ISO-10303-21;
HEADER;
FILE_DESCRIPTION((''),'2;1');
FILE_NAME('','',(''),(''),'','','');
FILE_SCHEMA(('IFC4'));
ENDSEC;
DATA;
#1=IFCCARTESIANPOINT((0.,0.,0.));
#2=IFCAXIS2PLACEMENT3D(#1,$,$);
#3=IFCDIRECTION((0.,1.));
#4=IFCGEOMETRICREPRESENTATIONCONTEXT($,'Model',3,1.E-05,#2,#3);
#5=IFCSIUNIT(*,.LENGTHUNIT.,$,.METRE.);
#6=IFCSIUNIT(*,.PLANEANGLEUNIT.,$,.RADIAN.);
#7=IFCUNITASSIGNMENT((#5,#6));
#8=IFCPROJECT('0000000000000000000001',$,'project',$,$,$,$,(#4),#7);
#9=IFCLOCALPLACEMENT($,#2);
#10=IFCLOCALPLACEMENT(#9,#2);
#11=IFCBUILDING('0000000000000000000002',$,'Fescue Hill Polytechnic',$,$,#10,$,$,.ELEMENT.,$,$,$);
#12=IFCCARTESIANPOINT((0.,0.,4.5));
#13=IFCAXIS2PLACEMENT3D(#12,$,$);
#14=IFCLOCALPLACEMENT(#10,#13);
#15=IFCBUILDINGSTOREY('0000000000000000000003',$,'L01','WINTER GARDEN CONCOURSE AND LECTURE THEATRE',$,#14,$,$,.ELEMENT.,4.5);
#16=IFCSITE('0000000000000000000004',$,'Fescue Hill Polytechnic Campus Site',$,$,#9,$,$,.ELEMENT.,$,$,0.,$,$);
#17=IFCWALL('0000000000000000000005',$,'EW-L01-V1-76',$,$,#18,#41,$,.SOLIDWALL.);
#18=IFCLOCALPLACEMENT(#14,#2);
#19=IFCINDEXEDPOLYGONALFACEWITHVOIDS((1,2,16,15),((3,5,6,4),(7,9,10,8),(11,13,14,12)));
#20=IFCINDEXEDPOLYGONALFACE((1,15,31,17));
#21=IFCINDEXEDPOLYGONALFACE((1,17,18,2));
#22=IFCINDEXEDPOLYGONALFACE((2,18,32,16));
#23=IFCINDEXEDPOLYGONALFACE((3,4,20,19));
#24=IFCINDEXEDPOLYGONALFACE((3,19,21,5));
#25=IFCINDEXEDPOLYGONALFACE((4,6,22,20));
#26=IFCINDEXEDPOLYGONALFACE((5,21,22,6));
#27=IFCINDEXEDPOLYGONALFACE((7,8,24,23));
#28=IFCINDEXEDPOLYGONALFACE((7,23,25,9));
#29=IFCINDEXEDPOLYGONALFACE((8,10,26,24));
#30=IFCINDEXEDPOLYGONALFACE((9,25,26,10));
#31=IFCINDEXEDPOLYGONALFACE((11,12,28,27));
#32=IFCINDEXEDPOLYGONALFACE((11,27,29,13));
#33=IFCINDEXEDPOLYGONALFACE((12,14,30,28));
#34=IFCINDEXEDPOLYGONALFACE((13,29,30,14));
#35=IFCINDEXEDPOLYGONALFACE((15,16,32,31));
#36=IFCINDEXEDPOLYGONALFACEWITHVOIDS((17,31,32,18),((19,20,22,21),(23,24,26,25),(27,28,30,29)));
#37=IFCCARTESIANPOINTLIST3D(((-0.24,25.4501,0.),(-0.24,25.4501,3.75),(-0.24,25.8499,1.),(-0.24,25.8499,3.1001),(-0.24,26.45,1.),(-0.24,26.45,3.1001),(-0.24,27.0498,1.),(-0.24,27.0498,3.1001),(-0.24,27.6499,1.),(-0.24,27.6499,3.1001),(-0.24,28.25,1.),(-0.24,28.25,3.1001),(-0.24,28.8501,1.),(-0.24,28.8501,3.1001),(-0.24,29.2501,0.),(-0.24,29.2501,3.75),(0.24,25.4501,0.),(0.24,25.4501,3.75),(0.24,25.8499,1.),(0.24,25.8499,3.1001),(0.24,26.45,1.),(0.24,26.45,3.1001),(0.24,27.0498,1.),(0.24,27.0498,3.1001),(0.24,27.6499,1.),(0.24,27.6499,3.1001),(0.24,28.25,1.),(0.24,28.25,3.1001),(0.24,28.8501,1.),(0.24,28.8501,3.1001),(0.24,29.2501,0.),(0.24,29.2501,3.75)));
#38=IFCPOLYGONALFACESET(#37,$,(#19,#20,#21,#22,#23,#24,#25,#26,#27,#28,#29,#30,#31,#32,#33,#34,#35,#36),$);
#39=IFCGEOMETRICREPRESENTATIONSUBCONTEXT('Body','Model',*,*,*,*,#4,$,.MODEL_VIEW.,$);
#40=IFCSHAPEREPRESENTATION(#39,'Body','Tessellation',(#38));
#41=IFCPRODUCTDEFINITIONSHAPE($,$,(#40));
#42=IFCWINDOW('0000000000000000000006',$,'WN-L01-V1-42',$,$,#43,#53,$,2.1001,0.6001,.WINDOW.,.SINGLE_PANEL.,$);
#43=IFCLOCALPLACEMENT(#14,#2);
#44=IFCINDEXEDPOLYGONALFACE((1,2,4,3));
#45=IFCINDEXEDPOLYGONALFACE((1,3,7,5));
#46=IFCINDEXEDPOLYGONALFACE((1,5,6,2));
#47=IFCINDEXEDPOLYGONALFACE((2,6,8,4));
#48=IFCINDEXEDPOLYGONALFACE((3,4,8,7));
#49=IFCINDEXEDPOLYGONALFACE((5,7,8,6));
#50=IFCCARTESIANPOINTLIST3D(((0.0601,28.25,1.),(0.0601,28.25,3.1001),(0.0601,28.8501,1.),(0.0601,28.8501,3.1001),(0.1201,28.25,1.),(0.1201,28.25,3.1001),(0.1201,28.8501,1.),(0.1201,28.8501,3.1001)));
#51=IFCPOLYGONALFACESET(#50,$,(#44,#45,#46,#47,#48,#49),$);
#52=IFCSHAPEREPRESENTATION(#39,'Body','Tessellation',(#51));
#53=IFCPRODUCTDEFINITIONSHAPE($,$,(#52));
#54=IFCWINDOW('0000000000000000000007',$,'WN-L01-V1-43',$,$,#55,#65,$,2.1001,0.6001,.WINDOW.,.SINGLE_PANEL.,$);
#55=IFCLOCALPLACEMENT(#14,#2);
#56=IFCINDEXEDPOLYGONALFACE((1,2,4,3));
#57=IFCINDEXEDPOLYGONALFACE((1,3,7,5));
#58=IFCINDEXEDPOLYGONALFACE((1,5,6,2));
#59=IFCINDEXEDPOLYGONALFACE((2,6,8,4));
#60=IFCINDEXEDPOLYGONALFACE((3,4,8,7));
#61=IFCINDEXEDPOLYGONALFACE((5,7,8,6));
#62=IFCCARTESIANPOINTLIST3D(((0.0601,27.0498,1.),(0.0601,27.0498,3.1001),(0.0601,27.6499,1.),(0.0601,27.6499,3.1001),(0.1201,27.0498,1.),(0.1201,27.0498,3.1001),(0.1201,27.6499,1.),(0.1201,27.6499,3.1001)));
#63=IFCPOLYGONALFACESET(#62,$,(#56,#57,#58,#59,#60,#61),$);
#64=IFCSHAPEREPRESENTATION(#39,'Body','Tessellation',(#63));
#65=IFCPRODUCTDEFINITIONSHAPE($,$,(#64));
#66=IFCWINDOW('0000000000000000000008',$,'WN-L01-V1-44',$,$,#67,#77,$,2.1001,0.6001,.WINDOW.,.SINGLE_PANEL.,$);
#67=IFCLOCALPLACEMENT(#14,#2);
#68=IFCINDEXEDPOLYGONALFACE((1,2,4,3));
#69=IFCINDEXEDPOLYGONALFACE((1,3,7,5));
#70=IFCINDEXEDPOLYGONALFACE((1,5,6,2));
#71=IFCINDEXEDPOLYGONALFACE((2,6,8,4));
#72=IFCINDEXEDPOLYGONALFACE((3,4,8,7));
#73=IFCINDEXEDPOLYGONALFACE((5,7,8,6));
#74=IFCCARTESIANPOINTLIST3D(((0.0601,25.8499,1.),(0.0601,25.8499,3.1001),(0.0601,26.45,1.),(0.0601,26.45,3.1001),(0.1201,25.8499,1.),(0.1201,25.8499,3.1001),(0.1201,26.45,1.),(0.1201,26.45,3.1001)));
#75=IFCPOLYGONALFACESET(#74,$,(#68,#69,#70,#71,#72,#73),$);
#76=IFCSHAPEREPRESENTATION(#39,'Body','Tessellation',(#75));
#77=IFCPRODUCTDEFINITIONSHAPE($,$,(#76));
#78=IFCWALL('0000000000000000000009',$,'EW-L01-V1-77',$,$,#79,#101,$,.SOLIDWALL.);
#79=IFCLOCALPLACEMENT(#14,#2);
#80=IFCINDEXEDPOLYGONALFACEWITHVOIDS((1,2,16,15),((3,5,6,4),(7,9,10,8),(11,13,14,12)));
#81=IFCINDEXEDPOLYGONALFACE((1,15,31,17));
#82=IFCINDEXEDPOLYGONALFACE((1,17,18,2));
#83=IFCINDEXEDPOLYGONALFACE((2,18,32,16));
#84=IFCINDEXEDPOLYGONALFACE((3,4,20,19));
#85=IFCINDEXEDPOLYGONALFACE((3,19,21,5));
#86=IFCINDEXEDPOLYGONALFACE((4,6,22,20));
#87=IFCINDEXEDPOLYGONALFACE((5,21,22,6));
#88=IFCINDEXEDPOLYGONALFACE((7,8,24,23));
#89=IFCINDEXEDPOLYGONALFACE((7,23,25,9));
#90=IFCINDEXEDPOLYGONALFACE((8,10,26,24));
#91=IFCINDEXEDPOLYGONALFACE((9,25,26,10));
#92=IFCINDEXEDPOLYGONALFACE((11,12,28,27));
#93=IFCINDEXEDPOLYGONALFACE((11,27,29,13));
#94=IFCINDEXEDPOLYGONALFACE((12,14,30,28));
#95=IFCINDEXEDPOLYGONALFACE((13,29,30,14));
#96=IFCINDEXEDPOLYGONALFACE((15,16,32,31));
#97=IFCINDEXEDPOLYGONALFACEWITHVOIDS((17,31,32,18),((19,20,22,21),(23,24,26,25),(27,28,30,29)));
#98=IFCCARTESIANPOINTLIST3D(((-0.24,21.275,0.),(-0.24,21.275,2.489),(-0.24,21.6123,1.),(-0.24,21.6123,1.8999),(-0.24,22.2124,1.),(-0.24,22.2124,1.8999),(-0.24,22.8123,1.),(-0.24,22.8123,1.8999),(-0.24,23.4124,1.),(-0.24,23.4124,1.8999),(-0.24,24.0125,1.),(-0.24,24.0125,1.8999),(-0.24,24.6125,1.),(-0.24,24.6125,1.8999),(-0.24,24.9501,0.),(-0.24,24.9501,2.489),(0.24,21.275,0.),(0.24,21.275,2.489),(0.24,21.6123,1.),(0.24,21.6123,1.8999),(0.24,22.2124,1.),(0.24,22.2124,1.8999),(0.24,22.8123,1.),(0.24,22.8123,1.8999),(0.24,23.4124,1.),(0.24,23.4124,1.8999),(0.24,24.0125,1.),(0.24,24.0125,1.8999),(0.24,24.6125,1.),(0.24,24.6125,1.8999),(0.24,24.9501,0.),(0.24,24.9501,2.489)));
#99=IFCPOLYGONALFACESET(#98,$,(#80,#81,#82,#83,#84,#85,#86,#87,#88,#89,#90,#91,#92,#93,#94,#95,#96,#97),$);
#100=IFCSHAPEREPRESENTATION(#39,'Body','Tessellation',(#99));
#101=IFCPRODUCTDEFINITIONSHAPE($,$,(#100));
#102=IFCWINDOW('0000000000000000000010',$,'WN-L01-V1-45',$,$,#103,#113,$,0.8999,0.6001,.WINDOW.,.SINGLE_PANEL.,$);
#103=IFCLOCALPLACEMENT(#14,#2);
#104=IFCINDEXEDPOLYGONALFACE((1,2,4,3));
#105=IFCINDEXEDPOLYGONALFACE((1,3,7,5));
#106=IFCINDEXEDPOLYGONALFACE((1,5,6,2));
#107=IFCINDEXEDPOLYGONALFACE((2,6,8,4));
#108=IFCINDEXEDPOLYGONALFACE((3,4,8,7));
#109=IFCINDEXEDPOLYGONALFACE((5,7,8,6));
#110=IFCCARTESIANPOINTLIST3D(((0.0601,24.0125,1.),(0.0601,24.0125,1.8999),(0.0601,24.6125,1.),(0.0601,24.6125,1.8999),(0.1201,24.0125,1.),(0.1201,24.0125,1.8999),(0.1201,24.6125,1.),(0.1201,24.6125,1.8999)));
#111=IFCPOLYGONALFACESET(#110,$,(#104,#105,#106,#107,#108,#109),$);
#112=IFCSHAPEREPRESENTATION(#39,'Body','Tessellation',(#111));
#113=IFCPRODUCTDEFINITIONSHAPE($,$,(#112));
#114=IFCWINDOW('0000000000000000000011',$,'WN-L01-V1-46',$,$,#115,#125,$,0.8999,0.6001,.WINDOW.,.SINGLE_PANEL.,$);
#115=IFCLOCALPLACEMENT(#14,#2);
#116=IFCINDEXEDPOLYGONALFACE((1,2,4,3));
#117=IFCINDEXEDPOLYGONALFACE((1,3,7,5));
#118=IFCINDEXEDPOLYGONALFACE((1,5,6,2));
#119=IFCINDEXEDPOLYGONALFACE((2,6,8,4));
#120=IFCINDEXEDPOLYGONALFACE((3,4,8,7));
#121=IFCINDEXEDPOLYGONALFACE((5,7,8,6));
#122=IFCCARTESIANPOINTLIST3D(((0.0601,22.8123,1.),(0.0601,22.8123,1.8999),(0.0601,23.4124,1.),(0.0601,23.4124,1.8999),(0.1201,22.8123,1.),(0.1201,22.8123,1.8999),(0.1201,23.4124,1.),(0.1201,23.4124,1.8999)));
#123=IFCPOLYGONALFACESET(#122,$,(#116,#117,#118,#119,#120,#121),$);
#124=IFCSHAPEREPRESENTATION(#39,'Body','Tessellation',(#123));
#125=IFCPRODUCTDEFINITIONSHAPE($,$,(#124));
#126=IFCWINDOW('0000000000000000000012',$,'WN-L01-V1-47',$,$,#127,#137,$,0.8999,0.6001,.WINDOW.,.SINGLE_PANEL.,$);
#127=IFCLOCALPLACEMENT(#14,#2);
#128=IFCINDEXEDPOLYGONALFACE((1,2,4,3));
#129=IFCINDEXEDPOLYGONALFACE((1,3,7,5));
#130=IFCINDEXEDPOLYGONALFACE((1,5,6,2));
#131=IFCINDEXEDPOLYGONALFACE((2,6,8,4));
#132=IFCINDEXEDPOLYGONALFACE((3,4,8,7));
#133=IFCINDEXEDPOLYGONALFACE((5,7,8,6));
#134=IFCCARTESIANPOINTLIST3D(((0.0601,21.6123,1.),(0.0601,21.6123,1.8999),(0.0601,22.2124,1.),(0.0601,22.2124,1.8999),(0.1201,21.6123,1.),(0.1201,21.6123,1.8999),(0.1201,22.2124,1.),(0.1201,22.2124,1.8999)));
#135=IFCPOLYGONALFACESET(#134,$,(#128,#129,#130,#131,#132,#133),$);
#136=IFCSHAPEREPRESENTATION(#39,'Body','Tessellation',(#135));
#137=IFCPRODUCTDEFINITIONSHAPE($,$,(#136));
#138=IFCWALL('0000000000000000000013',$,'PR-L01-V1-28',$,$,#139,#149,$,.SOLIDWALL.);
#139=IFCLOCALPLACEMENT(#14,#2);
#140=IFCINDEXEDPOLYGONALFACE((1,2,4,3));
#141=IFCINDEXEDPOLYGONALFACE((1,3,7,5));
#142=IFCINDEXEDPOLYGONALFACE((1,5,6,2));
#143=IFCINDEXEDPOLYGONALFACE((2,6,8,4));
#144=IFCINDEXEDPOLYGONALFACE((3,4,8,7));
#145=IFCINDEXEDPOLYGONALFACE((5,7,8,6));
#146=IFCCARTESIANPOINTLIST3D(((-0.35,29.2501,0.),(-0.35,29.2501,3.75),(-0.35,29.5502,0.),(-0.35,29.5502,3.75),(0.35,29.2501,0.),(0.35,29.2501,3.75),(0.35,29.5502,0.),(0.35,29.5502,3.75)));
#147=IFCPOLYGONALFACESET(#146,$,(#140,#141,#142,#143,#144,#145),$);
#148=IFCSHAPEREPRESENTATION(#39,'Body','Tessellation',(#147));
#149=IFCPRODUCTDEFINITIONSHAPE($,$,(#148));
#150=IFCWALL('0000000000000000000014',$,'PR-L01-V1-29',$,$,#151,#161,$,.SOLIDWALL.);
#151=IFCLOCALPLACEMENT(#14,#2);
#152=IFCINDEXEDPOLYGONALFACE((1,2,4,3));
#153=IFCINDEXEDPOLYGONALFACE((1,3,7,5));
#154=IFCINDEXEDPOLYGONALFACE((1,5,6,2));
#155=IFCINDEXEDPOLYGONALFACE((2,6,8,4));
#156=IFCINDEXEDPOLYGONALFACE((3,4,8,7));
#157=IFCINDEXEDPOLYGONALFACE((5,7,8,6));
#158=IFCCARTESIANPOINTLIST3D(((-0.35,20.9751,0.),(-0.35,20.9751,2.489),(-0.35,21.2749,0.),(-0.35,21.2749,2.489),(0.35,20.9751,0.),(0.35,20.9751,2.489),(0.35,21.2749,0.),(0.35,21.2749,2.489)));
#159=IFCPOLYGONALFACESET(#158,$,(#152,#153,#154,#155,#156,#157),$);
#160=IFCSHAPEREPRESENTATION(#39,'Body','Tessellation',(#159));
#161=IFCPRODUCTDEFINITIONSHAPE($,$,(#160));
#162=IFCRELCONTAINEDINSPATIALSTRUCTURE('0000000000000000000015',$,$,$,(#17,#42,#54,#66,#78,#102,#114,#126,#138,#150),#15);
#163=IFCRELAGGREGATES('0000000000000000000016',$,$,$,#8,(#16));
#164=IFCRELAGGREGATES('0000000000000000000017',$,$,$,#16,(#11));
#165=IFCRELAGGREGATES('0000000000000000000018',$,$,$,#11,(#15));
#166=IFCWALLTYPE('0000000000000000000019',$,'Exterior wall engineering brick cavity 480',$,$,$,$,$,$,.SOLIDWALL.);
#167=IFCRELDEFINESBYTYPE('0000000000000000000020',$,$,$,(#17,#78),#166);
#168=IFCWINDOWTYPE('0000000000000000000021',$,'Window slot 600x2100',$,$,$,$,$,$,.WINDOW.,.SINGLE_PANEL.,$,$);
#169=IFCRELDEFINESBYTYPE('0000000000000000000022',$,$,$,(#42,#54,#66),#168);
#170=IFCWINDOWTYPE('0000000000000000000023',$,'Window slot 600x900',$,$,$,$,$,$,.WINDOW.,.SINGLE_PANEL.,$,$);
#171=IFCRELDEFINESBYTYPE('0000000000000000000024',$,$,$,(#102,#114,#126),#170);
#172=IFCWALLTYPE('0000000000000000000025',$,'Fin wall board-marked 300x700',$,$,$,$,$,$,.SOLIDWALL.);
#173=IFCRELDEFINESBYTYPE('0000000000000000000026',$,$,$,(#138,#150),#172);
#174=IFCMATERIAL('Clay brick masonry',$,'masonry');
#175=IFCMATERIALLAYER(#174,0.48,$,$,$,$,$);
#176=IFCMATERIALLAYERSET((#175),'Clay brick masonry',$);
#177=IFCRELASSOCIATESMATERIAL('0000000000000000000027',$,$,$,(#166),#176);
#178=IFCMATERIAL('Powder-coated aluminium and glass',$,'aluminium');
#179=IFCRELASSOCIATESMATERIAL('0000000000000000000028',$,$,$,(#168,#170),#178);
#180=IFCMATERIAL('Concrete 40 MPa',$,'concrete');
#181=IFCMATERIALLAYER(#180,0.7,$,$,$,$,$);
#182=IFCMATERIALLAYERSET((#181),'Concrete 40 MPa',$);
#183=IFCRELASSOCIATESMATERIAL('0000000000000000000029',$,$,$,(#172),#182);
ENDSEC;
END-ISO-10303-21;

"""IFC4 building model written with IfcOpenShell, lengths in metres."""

from ifc_helpers import new_model, si_unit, direction, frame, frame_2d, origin, place, context, subcontext, project, spatial, rectangle, extrude, material, layer, layer_set, type_object, element, fill, save


model = new_model("IFC4")

# Units and contexts
model_context = context("Model", 3, precision=1e-05, world=origin(), true_north=direction((0.0, 1.0)))
body_context = subcontext(model_context, "Body", "Model", "MODEL_VIEW")
ifc_project = project(units=[si_unit("LENGTHUNIT", "METRE"), si_unit("PLANEANGLEUNIT", "RADIAN")], contexts=[model_context])

# Site, building, storey
site_placement = place(None, origin())
site = spatial("IfcSite", under=ifc_project, at=site_placement, Name="Fescue Hill Polytechnic Campus Site", CompositionType="ELEMENT", RefElevation=0.0)
building_placement = place(site_placement, origin())
building = spatial("IfcBuilding", under=site, at=building_placement, Name="Fescue Hill Polytechnic", CompositionType="ELEMENT")
storey_placement = place(building_placement, frame((0.0, 0.0, 4.5)))
storey = spatial("IfcBuildingStorey", under=building, at=storey_placement, Name="L01", Description="WINTER GARDEN CONCOURSE AND LECTURE THEATRE", CompositionType="ELEMENT", Elevation=4.5)

# Shared definitions
ifc_material_1 = material(Name="Concrete 40 MPa", Category="concrete")

# Walls, openings, windows
ifc_material_2 = material(Name="Clay brick masonry", Category="masonry")
ifc_layer_1 = layer(ifc_material_2, 0.48)
ifc_layer_set_1 = layer_set([ifc_layer_1], Name="Clay brick masonry")
wall_type_1 = type_object("IfcWallType", Name="Exterior wall engineering brick cavity 480", PredefinedType="SOLIDWALL", material=ifc_layer_set_1)
ifc_material_3 = material(Name="Powder-coated aluminium and glass", Category="aluminium")
window_type_1 = type_object("IfcWindowType", Name="Window slot 600x2100", PartitioningType="SINGLE_PANEL", PredefinedType="WINDOW", material=ifc_material_3)
wall_1_placement = place(storey_placement, frame((0.0, 29.25, 0.0), z_axis=(0.0, 0.0, 1.0), x_axis=(0.0, -1.0, 0.0)))
wall_1 = element("IfcWall", 1, at=wall_1_placement, inside=storey, type_object=wall_type_1, Name="EW-L01-V1-76", PredefinedType="SOLIDWALL", context=body_context, shape_type="SweptSolid", body=[
    extrude(rectangle(XDim=3.8, YDim=0.48, at=frame_2d((1.8999, 0.0))), origin(), (0.0, 0.0, 1.0), 3.75),
])
opening_1_placement = place(wall_1_placement, frame((0.3999, 0.0, 1.0)))
opening_1 = element("IfcOpeningElement", 2, at=opening_1_placement, cuts=wall_1, PredefinedType="OPENING", context=body_context, shape_type="SweptSolid", body=[
    extrude(rectangle(XDim=0.6001, YDim=2.1001, at=frame_2d((0.3, 1.05))), frame((0.0, 0.25, 0.0), z_axis=(0.0, -1.0, 0.0), x_axis=(1.0, 0.0, 0.0)), (0.0, 0.0, 1.0), 0.5),
])
opening_2_placement = place(wall_1_placement, frame((1.6001, 0.0, 1.0)))
opening_2 = element("IfcOpeningElement", 3, at=opening_2_placement, cuts=wall_1, PredefinedType="OPENING", context=body_context, shape_type="SweptSolid", body=[
    extrude(rectangle(XDim=0.6001, YDim=2.1001, at=frame_2d((0.3, 1.05))), frame((0.0, 0.25, 0.0), z_axis=(0.0, -1.0, 0.0), x_axis=(1.0, 0.0, 0.0)), (0.0, 0.0, 1.0), 0.5),
])
opening_3_placement = place(wall_1_placement, frame((2.8, 0.0, 1.0)))
opening_3 = element("IfcOpeningElement", 4, at=opening_3_placement, cuts=wall_1, PredefinedType="OPENING", context=body_context, shape_type="SweptSolid", body=[
    extrude(rectangle(XDim=0.6001, YDim=2.1001, at=frame_2d((0.3, 1.05))), frame((0.0, 0.25, 0.0), z_axis=(0.0, -1.0, 0.0), x_axis=(1.0, 0.0, 0.0)), (0.0, 0.0, 1.0), 0.5),
])
window_1_placement = place(opening_1_placement, origin())
window_1 = element("IfcWindow", 5, at=window_1_placement, inside=storey, type_object=window_type_1, Name="WN-L01-V1-42", OverallHeight=2.1001, OverallWidth=0.6001, PartitioningType="SINGLE_PANEL", PredefinedType="WINDOW", context=body_context, shape_type="SweptSolid", body=[
    extrude(rectangle(XDim=0.6001, YDim=2.1001, at=frame_2d((0.3, 1.05))), frame((0.0, 0.1201, 0.0), z_axis=(0.0, -1.0, 0.0), x_axis=(1.0, 0.0, 0.0)), (0.0, 0.0, 1.0), 0.0601),
])
fill(opening_1, window_1)
window_2_placement = place(opening_2_placement, origin())
window_2 = element("IfcWindow", 6, at=window_2_placement, inside=storey, type_object=window_type_1, Name="WN-L01-V1-43", OverallHeight=2.1001, OverallWidth=0.6001, PartitioningType="SINGLE_PANEL", PredefinedType="WINDOW", context=body_context, shape_type="SweptSolid", body=[
    extrude(rectangle(XDim=0.6001, YDim=2.1001, at=frame_2d((0.3, 1.05))), frame((0.0, 0.1201, 0.0), z_axis=(0.0, -1.0, 0.0), x_axis=(1.0, 0.0, 0.0)), (0.0, 0.0, 1.0), 0.0601),
])
fill(opening_2, window_2)
window_3_placement = place(opening_3_placement, origin())
window_3 = element("IfcWindow", 7, at=window_3_placement, inside=storey, type_object=window_type_1, Name="WN-L01-V1-44", OverallHeight=2.1001, OverallWidth=0.6001, PartitioningType="SINGLE_PANEL", PredefinedType="WINDOW", context=body_context, shape_type="SweptSolid", body=[
    extrude(rectangle(XDim=0.6001, YDim=2.1001, at=frame_2d((0.3, 1.05))), frame((0.0, 0.1201, 0.0), z_axis=(0.0, -1.0, 0.0), x_axis=(1.0, 0.0, 0.0)), (0.0, 0.0, 1.0), 0.0601),
])
fill(opening_3, window_3)
wall_2_placement = place(storey_placement, frame((0.0, 24.95, 0.0), z_axis=(0.0, 0.0, 1.0), x_axis=(0.0, -1.0, 0.0)))
wall_2 = element("IfcWall", 8, at=wall_2_placement, inside=storey, type_object=wall_type_1, Name="EW-L01-V1-77", PredefinedType="SOLIDWALL", context=body_context, shape_type="SweptSolid", body=[
    extrude(rectangle(XDim=3.675, YDim=0.48, at=frame_2d((1.8374, 0.0))), origin(), (0.0, 0.0, 1.0), 2.489),
])
opening_4_placement = place(wall_2_placement, frame((0.3374, 0.0, 1.0)))
opening_4 = element("IfcOpeningElement", 9, at=opening_4_placement, cuts=wall_2, PredefinedType="OPENING", context=body_context, shape_type="SweptSolid", body=[
    extrude(rectangle(XDim=0.6001, YDim=0.8999, at=frame_2d((0.3, 0.45))), frame((0.0, 0.25, 0.0), z_axis=(0.0, -1.0, 0.0), x_axis=(1.0, 0.0, 0.0)), (0.0, 0.0, 1.0), 0.5),
])
opening_5_placement = place(wall_2_placement, frame((1.5376, 0.0, 1.0)))
opening_5 = element("IfcOpeningElement", 10, at=opening_5_placement, cuts=wall_2, PredefinedType="OPENING", context=body_context, shape_type="SweptSolid", body=[
    extrude(rectangle(XDim=0.6001, YDim=0.8999, at=frame_2d((0.3, 0.45))), frame((0.0, 0.25, 0.0), z_axis=(0.0, -1.0, 0.0), x_axis=(1.0, 0.0, 0.0)), (0.0, 0.0, 1.0), 0.5),
])
opening_6_placement = place(wall_2_placement, frame((2.7375, 0.0, 1.0)))
opening_6 = element("IfcOpeningElement", 11, at=opening_6_placement, cuts=wall_2, PredefinedType="OPENING", context=body_context, shape_type="SweptSolid", body=[
    extrude(rectangle(XDim=0.6001, YDim=0.8999, at=frame_2d((0.3, 0.45))), frame((0.0, 0.25, 0.0), z_axis=(0.0, -1.0, 0.0), x_axis=(1.0, 0.0, 0.0)), (0.0, 0.0, 1.0), 0.5),
])
window_type_2 = type_object("IfcWindowType", Name="Window slot 600x900", PartitioningType="SINGLE_PANEL", PredefinedType="WINDOW", material=ifc_material_3)
window_4_placement = place(opening_4_placement, origin())
window_4 = element("IfcWindow", 12, at=window_4_placement, inside=storey, type_object=window_type_2, Name="WN-L01-V1-45", OverallHeight=0.8999, OverallWidth=0.6001, PartitioningType="SINGLE_PANEL", PredefinedType="WINDOW", context=body_context, shape_type="SweptSolid", body=[
    extrude(rectangle(XDim=0.6001, YDim=0.8999, at=frame_2d((0.3, 0.45))), frame((0.0, 0.1201, 0.0), z_axis=(0.0, -1.0, 0.0), x_axis=(1.0, 0.0, 0.0)), (0.0, 0.0, 1.0), 0.0601),
])
fill(opening_4, window_4)
window_5_placement = place(opening_5_placement, origin())
window_5 = element("IfcWindow", 13, at=window_5_placement, inside=storey, type_object=window_type_2, Name="WN-L01-V1-46", OverallHeight=0.8999, OverallWidth=0.6001, PartitioningType="SINGLE_PANEL", PredefinedType="WINDOW", context=body_context, shape_type="SweptSolid", body=[
    extrude(rectangle(XDim=0.6001, YDim=0.8999, at=frame_2d((0.3, 0.45))), frame((0.0, 0.1201, 0.0), z_axis=(0.0, -1.0, 0.0), x_axis=(1.0, 0.0, 0.0)), (0.0, 0.0, 1.0), 0.0601),
])
fill(opening_5, window_5)
window_6_placement = place(opening_6_placement, origin())
window_6 = element("IfcWindow", 14, at=window_6_placement, inside=storey, type_object=window_type_2, Name="WN-L01-V1-47", OverallHeight=0.8999, OverallWidth=0.6001, PartitioningType="SINGLE_PANEL", PredefinedType="WINDOW", context=body_context, shape_type="SweptSolid", body=[
    extrude(rectangle(XDim=0.6001, YDim=0.8999, at=frame_2d((0.3, 0.45))), frame((0.0, 0.1201, 0.0), z_axis=(0.0, -1.0, 0.0), x_axis=(1.0, 0.0, 0.0)), (0.0, 0.0, 1.0), 0.0601),
])
fill(opening_6, window_6)

# Walls
ifc_layer_2 = layer(ifc_material_1, 0.7)
ifc_layer_set_2 = layer_set([ifc_layer_2], Name="Concrete 40 MPa")
wall_type_2 = type_object("IfcWallType", Name="Fin wall board-marked 300x700", PredefinedType="SOLIDWALL", material=ifc_layer_set_2)
wall_3_placement = place(storey_placement, frame((0.0, 29.55, 0.0), z_axis=(0.0, 0.0, 1.0), x_axis=(0.0, -1.0, 0.0)))
element("IfcWall", 15, at=wall_3_placement, inside=storey, type_object=wall_type_2, Name="PR-L01-V1-28", PredefinedType="SOLIDWALL", context=body_context, shape_type="SweptSolid", body=[
    extrude(rectangle(XDim=0.3, YDim=0.7, at=frame_2d((0.1499, 0.0))), origin(), (0.0, 0.0, 1.0), 3.75),
])
wall_4_placement = place(storey_placement, frame((0.0, 21.2749, 0.0), z_axis=(0.0, 0.0, 1.0), x_axis=(0.0, -1.0, 0.0)))
element("IfcWall", 16, at=wall_4_placement, inside=storey, type_object=wall_type_2, Name="PR-L01-V1-29", PredefinedType="SOLIDWALL", context=body_context, shape_type="SweptSolid", body=[
    extrude(rectangle(XDim=0.2998, YDim=0.7, at=frame_2d((0.1499, 0.0))), origin(), (0.0, 0.0, 1.0), 2.489),
])

save(model, "model.ifc")
